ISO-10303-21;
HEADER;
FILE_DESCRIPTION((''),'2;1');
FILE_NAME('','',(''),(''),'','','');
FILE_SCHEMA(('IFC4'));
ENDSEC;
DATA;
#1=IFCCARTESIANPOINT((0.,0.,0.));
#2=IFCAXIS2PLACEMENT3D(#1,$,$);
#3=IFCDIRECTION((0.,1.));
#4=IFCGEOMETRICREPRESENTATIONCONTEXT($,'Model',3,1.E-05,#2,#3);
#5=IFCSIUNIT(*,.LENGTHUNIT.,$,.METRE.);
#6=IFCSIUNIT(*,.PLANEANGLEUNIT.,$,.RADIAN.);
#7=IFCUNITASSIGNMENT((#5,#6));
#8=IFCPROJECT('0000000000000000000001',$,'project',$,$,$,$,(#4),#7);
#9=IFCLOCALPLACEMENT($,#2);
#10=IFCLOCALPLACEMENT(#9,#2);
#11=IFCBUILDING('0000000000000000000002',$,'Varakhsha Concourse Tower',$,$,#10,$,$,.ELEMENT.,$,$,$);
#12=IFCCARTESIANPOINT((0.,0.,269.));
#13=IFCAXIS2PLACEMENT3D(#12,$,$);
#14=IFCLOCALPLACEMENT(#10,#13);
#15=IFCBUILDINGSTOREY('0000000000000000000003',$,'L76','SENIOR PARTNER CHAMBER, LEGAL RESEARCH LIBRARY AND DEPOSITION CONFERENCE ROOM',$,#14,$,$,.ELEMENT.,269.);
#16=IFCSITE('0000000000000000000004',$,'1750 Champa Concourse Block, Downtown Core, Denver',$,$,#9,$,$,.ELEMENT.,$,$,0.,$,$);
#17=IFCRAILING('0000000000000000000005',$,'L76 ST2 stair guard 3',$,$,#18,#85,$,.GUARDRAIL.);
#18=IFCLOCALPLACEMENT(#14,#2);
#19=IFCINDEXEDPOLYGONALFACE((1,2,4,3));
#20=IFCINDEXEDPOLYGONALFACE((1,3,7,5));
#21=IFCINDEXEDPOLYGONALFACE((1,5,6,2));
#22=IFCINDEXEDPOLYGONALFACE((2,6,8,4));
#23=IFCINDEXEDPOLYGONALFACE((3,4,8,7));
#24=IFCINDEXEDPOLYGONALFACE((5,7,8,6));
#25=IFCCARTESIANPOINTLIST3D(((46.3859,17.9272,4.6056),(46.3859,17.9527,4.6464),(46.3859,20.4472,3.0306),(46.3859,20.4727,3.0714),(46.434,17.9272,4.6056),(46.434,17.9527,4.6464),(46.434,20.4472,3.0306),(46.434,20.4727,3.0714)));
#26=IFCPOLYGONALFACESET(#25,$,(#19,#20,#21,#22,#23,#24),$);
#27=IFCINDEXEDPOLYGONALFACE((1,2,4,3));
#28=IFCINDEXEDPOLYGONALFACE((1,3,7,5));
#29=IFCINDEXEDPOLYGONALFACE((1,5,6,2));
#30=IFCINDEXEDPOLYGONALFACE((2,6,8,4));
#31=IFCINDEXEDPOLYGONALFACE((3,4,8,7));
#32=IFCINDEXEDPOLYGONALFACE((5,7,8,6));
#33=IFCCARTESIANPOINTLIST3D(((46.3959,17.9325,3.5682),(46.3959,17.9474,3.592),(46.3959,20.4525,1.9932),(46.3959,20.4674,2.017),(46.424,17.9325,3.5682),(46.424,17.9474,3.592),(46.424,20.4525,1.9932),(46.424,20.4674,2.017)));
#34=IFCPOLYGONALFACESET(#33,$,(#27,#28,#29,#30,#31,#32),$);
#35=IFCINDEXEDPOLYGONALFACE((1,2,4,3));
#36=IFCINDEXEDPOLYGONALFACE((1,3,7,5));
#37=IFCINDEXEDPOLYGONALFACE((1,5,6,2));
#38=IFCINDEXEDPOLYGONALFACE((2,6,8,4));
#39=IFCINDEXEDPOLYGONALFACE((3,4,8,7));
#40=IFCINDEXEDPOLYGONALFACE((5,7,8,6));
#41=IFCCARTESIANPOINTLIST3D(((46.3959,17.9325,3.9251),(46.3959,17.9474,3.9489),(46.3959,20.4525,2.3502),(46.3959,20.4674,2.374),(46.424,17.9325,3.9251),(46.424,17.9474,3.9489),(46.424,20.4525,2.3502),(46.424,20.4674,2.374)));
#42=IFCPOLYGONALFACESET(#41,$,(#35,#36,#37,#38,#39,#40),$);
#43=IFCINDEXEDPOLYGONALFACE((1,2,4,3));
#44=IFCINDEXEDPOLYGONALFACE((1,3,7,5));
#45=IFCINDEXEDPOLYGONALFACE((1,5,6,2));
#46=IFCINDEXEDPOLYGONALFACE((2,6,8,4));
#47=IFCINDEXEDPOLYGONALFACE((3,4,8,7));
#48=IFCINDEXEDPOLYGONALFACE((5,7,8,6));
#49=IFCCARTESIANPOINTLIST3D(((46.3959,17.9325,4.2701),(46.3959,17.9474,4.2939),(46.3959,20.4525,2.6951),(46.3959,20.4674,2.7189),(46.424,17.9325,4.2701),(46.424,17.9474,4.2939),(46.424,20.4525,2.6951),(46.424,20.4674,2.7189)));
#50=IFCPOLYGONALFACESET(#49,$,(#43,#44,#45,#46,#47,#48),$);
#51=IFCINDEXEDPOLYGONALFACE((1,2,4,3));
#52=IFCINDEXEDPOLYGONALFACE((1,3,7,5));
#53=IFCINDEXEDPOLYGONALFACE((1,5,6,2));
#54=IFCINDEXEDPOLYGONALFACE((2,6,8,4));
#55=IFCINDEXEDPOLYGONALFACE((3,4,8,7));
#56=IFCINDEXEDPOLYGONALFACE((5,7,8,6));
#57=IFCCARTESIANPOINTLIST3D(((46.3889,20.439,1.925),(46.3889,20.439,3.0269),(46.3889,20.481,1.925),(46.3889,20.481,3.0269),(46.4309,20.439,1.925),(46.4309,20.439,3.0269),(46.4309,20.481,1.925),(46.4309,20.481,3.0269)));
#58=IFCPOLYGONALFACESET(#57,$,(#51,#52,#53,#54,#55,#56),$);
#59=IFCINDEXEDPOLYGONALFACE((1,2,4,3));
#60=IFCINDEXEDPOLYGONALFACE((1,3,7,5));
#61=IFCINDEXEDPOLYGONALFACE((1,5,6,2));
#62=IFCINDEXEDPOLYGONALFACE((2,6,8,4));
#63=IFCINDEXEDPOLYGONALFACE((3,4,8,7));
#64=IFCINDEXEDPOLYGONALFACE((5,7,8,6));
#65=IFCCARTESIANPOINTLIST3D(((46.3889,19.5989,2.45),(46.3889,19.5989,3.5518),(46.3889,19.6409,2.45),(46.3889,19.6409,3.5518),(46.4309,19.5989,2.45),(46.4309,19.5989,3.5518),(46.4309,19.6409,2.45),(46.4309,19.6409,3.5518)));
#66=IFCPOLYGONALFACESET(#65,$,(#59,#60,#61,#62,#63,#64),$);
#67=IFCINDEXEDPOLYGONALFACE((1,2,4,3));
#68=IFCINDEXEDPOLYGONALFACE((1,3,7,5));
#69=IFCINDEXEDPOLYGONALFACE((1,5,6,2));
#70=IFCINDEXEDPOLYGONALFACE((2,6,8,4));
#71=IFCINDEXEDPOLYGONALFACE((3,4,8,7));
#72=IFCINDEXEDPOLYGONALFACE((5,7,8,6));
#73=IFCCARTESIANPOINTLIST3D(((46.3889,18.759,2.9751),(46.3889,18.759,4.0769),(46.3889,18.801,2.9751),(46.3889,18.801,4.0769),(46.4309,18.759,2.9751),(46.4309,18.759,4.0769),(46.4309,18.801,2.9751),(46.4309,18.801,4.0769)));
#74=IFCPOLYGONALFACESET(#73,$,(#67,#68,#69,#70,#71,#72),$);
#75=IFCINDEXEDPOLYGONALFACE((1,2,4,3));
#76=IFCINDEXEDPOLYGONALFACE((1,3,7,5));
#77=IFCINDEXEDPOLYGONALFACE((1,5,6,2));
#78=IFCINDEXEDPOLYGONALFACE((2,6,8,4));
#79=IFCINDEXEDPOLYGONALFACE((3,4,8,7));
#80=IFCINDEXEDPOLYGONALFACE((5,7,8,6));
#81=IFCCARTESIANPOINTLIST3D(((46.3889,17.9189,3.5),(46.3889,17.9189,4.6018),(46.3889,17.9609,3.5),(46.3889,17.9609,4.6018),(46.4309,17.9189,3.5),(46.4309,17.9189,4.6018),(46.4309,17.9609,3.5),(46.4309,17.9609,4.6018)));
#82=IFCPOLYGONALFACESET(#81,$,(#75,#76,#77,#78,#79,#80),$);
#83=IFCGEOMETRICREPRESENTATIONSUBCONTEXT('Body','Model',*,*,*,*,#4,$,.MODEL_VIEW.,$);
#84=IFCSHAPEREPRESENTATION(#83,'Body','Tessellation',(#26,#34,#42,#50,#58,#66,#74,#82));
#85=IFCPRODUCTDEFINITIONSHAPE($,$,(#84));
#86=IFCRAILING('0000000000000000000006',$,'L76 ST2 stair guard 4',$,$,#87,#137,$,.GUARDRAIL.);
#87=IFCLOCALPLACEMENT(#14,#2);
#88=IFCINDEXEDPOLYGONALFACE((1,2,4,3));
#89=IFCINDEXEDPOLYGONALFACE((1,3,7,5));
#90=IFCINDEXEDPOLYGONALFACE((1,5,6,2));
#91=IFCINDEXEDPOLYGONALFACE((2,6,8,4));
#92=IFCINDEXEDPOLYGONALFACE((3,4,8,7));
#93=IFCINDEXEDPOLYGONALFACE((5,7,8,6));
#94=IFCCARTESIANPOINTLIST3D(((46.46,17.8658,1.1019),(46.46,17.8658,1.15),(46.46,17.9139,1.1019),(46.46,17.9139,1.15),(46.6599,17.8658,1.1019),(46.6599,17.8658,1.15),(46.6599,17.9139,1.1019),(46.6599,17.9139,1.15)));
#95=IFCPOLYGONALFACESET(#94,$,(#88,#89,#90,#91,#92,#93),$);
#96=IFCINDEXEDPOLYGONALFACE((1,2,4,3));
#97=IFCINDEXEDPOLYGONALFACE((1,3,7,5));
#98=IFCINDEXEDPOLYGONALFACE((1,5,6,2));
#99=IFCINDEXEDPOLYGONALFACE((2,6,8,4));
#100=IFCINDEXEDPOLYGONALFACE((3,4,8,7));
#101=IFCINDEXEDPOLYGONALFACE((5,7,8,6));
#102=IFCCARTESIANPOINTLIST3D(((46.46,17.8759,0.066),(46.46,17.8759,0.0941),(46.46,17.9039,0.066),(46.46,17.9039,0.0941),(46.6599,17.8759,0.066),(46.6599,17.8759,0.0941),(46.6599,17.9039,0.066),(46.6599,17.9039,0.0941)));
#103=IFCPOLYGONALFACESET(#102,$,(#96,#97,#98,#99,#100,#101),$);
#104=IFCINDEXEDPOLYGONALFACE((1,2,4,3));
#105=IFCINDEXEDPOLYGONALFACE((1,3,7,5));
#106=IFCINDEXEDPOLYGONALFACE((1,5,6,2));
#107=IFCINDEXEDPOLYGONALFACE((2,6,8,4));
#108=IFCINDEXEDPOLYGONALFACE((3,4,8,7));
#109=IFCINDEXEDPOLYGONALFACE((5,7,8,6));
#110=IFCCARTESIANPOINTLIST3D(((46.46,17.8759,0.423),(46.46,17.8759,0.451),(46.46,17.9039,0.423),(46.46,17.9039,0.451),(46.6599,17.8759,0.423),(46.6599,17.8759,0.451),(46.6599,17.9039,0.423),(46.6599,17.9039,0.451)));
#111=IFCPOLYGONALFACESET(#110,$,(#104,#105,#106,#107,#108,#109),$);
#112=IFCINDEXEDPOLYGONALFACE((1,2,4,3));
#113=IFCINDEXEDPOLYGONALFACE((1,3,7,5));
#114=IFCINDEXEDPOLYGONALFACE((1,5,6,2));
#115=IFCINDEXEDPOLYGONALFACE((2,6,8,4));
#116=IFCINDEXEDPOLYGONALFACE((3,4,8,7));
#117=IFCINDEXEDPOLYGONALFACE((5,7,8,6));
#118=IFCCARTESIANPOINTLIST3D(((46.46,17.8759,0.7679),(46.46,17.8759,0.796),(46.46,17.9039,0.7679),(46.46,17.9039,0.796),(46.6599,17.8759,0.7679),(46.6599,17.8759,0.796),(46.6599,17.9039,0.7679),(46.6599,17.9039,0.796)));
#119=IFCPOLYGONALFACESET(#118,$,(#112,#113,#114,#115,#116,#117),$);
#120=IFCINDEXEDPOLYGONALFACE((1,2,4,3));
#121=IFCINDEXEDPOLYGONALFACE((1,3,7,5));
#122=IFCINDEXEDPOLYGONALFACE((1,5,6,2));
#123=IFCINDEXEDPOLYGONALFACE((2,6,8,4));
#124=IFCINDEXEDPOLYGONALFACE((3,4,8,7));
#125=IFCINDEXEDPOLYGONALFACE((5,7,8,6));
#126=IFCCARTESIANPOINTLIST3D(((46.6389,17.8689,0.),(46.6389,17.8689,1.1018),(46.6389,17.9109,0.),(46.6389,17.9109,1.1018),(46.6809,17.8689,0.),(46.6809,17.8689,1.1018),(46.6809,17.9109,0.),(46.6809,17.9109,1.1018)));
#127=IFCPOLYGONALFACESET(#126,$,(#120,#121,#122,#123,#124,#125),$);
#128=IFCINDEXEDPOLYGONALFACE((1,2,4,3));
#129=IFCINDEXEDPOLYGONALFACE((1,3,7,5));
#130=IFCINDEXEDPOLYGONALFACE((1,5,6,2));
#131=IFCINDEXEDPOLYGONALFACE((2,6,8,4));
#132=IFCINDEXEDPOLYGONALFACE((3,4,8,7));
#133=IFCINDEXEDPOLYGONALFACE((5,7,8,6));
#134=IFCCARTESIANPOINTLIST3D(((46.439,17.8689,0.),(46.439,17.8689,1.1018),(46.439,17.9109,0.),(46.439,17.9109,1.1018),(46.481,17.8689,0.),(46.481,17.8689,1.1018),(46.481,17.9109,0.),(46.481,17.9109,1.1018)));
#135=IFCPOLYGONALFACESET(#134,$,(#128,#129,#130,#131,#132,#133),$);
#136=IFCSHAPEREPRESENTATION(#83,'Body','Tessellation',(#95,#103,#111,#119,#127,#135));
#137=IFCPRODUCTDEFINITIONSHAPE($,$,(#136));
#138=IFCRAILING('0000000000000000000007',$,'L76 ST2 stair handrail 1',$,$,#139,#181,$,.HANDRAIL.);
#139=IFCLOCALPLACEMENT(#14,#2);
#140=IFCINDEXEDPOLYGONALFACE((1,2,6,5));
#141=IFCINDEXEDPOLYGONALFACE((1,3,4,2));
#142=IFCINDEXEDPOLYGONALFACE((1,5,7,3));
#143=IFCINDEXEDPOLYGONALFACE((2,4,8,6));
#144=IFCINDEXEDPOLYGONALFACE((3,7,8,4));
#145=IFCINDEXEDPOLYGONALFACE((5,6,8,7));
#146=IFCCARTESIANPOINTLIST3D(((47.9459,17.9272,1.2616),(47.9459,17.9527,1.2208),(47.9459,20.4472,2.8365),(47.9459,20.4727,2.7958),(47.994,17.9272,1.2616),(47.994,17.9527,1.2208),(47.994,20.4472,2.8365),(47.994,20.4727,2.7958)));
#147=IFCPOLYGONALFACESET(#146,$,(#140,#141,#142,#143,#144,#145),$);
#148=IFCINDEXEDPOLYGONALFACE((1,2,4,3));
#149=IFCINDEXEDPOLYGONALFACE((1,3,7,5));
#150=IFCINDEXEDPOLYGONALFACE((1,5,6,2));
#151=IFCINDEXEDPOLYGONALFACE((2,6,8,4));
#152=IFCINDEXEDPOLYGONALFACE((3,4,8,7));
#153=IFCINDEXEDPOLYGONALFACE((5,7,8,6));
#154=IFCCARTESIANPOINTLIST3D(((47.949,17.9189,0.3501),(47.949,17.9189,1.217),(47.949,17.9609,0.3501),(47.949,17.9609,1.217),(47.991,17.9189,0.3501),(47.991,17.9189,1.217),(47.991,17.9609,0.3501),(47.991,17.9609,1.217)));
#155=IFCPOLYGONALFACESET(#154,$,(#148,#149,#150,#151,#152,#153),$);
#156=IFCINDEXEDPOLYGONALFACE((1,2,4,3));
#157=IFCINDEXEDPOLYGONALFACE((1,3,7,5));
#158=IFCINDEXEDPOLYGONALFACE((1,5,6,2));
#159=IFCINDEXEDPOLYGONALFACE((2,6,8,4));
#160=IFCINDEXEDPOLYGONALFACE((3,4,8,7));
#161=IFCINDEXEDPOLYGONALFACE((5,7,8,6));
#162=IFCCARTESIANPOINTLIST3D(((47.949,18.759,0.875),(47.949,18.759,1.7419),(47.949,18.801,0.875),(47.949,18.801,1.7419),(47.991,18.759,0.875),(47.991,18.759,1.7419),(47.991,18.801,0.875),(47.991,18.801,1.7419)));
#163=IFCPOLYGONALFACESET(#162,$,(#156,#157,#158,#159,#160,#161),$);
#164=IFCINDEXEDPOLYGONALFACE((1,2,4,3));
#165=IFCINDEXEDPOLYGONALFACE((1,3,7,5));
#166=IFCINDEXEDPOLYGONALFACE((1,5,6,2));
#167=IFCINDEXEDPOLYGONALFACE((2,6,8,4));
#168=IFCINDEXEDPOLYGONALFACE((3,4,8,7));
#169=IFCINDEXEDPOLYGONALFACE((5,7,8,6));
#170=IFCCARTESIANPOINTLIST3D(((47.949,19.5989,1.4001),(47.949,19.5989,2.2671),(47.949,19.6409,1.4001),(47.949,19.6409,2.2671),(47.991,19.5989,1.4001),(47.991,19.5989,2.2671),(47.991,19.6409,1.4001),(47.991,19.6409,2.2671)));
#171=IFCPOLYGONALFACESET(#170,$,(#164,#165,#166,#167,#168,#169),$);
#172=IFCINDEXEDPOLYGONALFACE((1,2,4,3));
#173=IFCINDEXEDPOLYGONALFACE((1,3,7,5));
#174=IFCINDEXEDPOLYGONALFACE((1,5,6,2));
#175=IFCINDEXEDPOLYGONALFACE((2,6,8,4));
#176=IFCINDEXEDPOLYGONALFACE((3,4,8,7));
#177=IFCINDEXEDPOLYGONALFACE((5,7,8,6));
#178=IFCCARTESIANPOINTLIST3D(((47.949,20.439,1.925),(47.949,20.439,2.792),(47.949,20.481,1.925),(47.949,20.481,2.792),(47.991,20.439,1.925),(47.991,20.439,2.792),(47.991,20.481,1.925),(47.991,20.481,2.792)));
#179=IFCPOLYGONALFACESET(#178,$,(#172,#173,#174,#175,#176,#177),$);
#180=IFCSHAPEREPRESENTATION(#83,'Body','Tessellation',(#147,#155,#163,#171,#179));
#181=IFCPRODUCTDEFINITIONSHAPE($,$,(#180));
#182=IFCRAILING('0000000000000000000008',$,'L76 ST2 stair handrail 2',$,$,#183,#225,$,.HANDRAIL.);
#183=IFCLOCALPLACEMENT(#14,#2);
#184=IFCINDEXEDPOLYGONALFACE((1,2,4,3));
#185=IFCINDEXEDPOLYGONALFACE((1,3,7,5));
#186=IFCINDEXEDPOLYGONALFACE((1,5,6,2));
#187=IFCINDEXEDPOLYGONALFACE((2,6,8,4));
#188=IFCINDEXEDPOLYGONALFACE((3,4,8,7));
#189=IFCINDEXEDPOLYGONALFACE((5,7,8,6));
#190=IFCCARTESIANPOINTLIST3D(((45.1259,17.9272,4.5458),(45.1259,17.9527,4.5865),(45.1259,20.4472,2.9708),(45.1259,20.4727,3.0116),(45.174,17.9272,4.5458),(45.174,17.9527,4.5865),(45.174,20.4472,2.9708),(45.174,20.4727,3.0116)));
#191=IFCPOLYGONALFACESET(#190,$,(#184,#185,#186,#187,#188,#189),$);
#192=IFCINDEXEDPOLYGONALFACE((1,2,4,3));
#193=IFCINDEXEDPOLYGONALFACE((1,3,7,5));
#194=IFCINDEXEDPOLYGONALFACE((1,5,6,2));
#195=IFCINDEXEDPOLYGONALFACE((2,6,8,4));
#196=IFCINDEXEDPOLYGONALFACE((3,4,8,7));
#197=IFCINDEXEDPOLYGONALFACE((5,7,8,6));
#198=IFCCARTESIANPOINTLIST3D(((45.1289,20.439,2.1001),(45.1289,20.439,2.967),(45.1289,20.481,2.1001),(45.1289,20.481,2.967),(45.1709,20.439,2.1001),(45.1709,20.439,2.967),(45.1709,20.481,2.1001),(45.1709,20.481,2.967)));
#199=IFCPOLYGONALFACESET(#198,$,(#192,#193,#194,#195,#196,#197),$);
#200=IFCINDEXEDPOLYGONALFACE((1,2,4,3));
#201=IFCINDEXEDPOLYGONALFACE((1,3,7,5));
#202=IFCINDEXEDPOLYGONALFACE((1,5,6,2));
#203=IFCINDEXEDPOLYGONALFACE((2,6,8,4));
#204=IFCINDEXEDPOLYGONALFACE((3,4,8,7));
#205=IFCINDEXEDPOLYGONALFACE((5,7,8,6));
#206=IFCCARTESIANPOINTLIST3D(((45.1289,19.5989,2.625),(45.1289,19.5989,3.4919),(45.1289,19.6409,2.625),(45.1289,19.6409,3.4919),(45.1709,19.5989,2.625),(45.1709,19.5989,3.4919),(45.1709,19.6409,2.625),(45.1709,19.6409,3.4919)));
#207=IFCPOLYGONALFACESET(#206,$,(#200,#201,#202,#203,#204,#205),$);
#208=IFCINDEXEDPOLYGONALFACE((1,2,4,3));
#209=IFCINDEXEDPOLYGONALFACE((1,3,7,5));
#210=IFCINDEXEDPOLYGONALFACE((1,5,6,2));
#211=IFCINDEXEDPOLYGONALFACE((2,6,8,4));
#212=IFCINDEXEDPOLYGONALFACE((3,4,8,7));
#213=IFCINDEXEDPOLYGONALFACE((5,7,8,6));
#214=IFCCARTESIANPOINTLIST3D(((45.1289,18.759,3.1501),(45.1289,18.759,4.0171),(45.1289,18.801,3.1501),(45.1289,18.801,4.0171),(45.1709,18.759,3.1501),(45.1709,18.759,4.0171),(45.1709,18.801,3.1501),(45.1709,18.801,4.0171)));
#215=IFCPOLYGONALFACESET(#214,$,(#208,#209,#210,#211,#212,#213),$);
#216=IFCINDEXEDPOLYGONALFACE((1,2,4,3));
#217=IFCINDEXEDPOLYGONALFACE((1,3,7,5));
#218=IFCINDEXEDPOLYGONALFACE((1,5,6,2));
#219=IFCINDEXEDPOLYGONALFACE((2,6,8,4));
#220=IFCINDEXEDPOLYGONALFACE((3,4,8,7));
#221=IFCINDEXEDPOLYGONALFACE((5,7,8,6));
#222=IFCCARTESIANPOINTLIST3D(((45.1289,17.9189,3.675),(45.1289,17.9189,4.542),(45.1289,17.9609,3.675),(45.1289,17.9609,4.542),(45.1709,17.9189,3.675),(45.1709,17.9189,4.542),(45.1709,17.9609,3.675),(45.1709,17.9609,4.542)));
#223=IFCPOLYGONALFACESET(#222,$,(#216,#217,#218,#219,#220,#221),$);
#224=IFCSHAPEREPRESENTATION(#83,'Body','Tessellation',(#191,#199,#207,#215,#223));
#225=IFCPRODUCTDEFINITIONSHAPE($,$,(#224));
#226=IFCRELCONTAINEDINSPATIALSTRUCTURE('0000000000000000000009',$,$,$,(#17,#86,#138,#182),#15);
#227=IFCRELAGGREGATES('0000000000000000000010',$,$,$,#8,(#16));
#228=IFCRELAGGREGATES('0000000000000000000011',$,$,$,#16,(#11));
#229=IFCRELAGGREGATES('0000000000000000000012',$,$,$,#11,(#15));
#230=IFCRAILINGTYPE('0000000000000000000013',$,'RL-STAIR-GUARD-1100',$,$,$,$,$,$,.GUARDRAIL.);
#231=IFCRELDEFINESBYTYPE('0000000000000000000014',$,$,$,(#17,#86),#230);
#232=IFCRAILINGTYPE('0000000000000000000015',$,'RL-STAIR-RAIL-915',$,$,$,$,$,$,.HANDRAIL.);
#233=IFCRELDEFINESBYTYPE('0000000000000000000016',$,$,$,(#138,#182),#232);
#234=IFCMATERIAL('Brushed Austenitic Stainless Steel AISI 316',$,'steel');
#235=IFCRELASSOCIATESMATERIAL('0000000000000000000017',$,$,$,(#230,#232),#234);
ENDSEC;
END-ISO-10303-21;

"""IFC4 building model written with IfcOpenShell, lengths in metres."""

from ifc_helpers import new_model, si_unit, direction, frame, origin, origin_2d, place, context, subcontext, project, spatial, rectangle, extrude, material, type_object, element, save


model = new_model("IFC4")

# Units and contexts
model_context = context("Model", 3, precision=1e-05, world=origin(), true_north=direction((0.0, 1.0)))
body_context = subcontext(model_context, "Body", "Model", "MODEL_VIEW")
ifc_project = project(units=[si_unit("LENGTHUNIT", "METRE"), si_unit("PLANEANGLEUNIT", "RADIAN")], contexts=[model_context])

# Site, building, storey
site_placement = place(None, origin())
site = spatial("IfcSite", under=ifc_project, at=site_placement, Name="1750 Champa Concourse Block, Downtown Core, Denver", CompositionType="ELEMENT", RefElevation=0.0)
building_placement = place(site_placement, origin())
building = spatial("IfcBuilding", under=site, at=building_placement, Name="Varakhsha Concourse Tower", CompositionType="ELEMENT")
storey_placement = place(building_placement, frame((0.0, 0.0, 269.0)))
storey = spatial("IfcBuildingStorey", under=building, at=storey_placement, Name="L76", Description="SENIOR PARTNER CHAMBER, LEGAL RESEARCH LIBRARY AND DEPOSITION CONFERENCE ROOM", CompositionType="ELEMENT", Elevation=269.0)

# Railings
ifc_material_1 = material(Name="Brushed Austenitic Stainless Steel AISI 316", Category="steel")
railing_type_1 = type_object("IfcRailingType", Name="RL-STAIR-GUARD-1100", PredefinedType="GUARDRAIL", material=ifc_material_1)
railing_1_placement = place(storey_placement, frame((46.4099, 20.46, 1.925)))
element("IfcRailing", 1, at=railing_1_placement, inside=storey, type_object=railing_type_1, Name="L76 ST2 stair guard 3", PredefinedType="GUARDRAIL", context=body_context, shape_type="SweptSolid", body=[
    extrude(rectangle(XDim=0.0481, YDim=0.0481, at=origin_2d()), frame((0.0, 0.0, 1.126), z_axis=(0.0, -0.848008, 0.529984), x_axis=(1.0, 0.0, 0.0)), (0.0, 0.0, 1.0), 2.9717),
    extrude(rectangle(XDim=0.0281, YDim=0.0281, at=origin_2d()), frame((0.0, 0.0, 0.0801), z_axis=(0.0, -0.848008, 0.529984), x_axis=(1.0, 0.0, 0.0)), (0.0, 0.0, 1.0), 2.9717),
    extrude(rectangle(XDim=0.0281, YDim=0.0281, at=origin_2d()), frame((0.0, 0.0, 0.437), z_axis=(0.0, -0.848008, 0.529984), x_axis=(1.0, 0.0, 0.0)), (0.0, 0.0, 1.0), 2.9717),
    extrude(rectangle(XDim=0.0281, YDim=0.0281, at=origin_2d()), frame((0.0, 0.0, 0.782), z_axis=(0.0, -0.848008, 0.529984), x_axis=(1.0, 0.0, 0.0)), (0.0, 0.0, 1.0), 2.9717),
    extrude(rectangle(XDim=0.042, YDim=0.042, at=origin_2d()), origin(), (0.0, 0.0, 1.0), 1.1018),
    extrude(rectangle(XDim=0.042, YDim=0.042, at=origin_2d()), frame((0.0, -0.8401, 0.5249)), (0.0, 0.0, 1.0), 1.1018),
    extrude(rectangle(XDim=0.042, YDim=0.042, at=origin_2d()), frame((0.0, -1.6799, 1.05)), (0.0, 0.0, 1.0), 1.1018),
    extrude(rectangle(XDim=0.042, YDim=0.042, at=origin_2d()), frame((0.0, -2.52, 1.575)), (0.0, 0.0, 1.0), 1.1018),
])
railing_2_placement = place(storey_placement, frame((46.6599, 17.8899, 0.0)))
element("IfcRailing", 2, at=railing_2_placement, inside=storey, type_object=railing_type_1, Name="L76 ST2 stair guard 4", PredefinedType="GUARDRAIL", context=body_context, shape_type="SweptSolid", body=[
    extrude(rectangle(XDim=0.0481, YDim=0.0481, at=origin_2d()), frame((0.0, 0.0, 1.126), z_axis=(-1.0, 0.0, 0.0), x_axis=(0.0, -1.0, 0.0)), (0.0, 0.0, 1.0), 0.2),
    extrude(rectangle(XDim=0.0281, YDim=0.0281, at=origin_2d()), frame((0.0, 0.0, 0.0801), z_axis=(-1.0, 0.0, 0.0), x_axis=(0.0, -1.0, 0.0)), (0.0, 0.0, 1.0), 0.2),
    extrude(rectangle(XDim=0.0281, YDim=0.0281, at=origin_2d()), frame((0.0, 0.0, 0.437), z_axis=(-1.0, 0.0, 0.0), x_axis=(0.0, -1.0, 0.0)), (0.0, 0.0, 1.0), 0.2),
    extrude(rectangle(XDim=0.0281, YDim=0.0281, at=origin_2d()), frame((0.0, 0.0, 0.782), z_axis=(-1.0, 0.0, 0.0), x_axis=(0.0, -1.0, 0.0)), (0.0, 0.0, 1.0), 0.2),
    extrude(rectangle(XDim=0.042, YDim=0.042, at=origin_2d()), origin(), (0.0, 0.0, 1.0), 1.1018),
    extrude(rectangle(XDim=0.042, YDim=0.042, at=origin_2d()), frame((-0.2, 0.0, 0.0)), (0.0, 0.0, 1.0), 1.1018),
])
railing_type_2 = type_object("IfcRailingType", Name="RL-STAIR-RAIL-915", PredefinedType="HANDRAIL", material=ifc_material_1)
railing_3_placement = place(storey_placement, frame((47.97, 17.9399, 0.3501)))
element("IfcRailing", 3, at=railing_3_placement, inside=storey, type_object=railing_type_2, Name="L76 ST2 stair handrail 1", PredefinedType="HANDRAIL", context=body_context, shape_type="SweptSolid", body=[
    extrude(rectangle(XDim=0.0481, YDim=0.0481, at=origin_2d()), frame((0.0, 0.0, 0.8911), z_axis=(0.0, 0.848008, 0.529984), x_axis=(-1.0, 0.0, 0.0)), (0.0, 0.0, 1.0), 2.9717),
    extrude(rectangle(XDim=0.042, YDim=0.042, at=origin_2d()), origin(), (0.0, 0.0, 1.0), 0.8669),
    extrude(rectangle(XDim=0.042, YDim=0.042, at=origin_2d()), frame((0.0, 0.8401, 0.5249)), (0.0, 0.0, 1.0), 0.8669),
    extrude(rectangle(XDim=0.042, YDim=0.042, at=origin_2d()), frame((0.0, 1.6799, 1.05)), (0.0, 0.0, 1.0), 0.8669),
    extrude(rectangle(XDim=0.042, YDim=0.042, at=origin_2d()), frame((0.0, 2.52, 1.575)), (0.0, 0.0, 1.0), 0.8669),
])
railing_4_placement = place(storey_placement, frame((45.1499, 20.46, 2.1001)))
element("IfcRailing", 4, at=railing_4_placement, inside=storey, type_object=railing_type_2, Name="L76 ST2 stair handrail 2", PredefinedType="HANDRAIL", context=body_context, shape_type="SweptSolid", body=[
    extrude(rectangle(XDim=0.0481, YDim=0.0481, at=origin_2d()), frame((0.0, 0.0, 0.8911), z_axis=(0.0, -0.848008, 0.529984), x_axis=(1.0, 0.0, 0.0)), (0.0, 0.0, 1.0), 2.9717),
    extrude(rectangle(XDim=0.042, YDim=0.042, at=origin_2d()), origin(), (0.0, 0.0, 1.0), 0.8669),
    extrude(rectangle(XDim=0.042, YDim=0.042, at=origin_2d()), frame((0.0, -0.8401, 0.5249)), (0.0, 0.0, 1.0), 0.8669),
    extrude(rectangle(XDim=0.042, YDim=0.042, at=origin_2d()), frame((0.0, -1.6799, 1.05)), (0.0, 0.0, 1.0), 0.8669),
    extrude(rectangle(XDim=0.042, YDim=0.042, at=origin_2d()), frame((0.0, -2.52, 1.575)), (0.0, 0.0, 1.0), 0.8669),
])

save(model, "model.ifc")
